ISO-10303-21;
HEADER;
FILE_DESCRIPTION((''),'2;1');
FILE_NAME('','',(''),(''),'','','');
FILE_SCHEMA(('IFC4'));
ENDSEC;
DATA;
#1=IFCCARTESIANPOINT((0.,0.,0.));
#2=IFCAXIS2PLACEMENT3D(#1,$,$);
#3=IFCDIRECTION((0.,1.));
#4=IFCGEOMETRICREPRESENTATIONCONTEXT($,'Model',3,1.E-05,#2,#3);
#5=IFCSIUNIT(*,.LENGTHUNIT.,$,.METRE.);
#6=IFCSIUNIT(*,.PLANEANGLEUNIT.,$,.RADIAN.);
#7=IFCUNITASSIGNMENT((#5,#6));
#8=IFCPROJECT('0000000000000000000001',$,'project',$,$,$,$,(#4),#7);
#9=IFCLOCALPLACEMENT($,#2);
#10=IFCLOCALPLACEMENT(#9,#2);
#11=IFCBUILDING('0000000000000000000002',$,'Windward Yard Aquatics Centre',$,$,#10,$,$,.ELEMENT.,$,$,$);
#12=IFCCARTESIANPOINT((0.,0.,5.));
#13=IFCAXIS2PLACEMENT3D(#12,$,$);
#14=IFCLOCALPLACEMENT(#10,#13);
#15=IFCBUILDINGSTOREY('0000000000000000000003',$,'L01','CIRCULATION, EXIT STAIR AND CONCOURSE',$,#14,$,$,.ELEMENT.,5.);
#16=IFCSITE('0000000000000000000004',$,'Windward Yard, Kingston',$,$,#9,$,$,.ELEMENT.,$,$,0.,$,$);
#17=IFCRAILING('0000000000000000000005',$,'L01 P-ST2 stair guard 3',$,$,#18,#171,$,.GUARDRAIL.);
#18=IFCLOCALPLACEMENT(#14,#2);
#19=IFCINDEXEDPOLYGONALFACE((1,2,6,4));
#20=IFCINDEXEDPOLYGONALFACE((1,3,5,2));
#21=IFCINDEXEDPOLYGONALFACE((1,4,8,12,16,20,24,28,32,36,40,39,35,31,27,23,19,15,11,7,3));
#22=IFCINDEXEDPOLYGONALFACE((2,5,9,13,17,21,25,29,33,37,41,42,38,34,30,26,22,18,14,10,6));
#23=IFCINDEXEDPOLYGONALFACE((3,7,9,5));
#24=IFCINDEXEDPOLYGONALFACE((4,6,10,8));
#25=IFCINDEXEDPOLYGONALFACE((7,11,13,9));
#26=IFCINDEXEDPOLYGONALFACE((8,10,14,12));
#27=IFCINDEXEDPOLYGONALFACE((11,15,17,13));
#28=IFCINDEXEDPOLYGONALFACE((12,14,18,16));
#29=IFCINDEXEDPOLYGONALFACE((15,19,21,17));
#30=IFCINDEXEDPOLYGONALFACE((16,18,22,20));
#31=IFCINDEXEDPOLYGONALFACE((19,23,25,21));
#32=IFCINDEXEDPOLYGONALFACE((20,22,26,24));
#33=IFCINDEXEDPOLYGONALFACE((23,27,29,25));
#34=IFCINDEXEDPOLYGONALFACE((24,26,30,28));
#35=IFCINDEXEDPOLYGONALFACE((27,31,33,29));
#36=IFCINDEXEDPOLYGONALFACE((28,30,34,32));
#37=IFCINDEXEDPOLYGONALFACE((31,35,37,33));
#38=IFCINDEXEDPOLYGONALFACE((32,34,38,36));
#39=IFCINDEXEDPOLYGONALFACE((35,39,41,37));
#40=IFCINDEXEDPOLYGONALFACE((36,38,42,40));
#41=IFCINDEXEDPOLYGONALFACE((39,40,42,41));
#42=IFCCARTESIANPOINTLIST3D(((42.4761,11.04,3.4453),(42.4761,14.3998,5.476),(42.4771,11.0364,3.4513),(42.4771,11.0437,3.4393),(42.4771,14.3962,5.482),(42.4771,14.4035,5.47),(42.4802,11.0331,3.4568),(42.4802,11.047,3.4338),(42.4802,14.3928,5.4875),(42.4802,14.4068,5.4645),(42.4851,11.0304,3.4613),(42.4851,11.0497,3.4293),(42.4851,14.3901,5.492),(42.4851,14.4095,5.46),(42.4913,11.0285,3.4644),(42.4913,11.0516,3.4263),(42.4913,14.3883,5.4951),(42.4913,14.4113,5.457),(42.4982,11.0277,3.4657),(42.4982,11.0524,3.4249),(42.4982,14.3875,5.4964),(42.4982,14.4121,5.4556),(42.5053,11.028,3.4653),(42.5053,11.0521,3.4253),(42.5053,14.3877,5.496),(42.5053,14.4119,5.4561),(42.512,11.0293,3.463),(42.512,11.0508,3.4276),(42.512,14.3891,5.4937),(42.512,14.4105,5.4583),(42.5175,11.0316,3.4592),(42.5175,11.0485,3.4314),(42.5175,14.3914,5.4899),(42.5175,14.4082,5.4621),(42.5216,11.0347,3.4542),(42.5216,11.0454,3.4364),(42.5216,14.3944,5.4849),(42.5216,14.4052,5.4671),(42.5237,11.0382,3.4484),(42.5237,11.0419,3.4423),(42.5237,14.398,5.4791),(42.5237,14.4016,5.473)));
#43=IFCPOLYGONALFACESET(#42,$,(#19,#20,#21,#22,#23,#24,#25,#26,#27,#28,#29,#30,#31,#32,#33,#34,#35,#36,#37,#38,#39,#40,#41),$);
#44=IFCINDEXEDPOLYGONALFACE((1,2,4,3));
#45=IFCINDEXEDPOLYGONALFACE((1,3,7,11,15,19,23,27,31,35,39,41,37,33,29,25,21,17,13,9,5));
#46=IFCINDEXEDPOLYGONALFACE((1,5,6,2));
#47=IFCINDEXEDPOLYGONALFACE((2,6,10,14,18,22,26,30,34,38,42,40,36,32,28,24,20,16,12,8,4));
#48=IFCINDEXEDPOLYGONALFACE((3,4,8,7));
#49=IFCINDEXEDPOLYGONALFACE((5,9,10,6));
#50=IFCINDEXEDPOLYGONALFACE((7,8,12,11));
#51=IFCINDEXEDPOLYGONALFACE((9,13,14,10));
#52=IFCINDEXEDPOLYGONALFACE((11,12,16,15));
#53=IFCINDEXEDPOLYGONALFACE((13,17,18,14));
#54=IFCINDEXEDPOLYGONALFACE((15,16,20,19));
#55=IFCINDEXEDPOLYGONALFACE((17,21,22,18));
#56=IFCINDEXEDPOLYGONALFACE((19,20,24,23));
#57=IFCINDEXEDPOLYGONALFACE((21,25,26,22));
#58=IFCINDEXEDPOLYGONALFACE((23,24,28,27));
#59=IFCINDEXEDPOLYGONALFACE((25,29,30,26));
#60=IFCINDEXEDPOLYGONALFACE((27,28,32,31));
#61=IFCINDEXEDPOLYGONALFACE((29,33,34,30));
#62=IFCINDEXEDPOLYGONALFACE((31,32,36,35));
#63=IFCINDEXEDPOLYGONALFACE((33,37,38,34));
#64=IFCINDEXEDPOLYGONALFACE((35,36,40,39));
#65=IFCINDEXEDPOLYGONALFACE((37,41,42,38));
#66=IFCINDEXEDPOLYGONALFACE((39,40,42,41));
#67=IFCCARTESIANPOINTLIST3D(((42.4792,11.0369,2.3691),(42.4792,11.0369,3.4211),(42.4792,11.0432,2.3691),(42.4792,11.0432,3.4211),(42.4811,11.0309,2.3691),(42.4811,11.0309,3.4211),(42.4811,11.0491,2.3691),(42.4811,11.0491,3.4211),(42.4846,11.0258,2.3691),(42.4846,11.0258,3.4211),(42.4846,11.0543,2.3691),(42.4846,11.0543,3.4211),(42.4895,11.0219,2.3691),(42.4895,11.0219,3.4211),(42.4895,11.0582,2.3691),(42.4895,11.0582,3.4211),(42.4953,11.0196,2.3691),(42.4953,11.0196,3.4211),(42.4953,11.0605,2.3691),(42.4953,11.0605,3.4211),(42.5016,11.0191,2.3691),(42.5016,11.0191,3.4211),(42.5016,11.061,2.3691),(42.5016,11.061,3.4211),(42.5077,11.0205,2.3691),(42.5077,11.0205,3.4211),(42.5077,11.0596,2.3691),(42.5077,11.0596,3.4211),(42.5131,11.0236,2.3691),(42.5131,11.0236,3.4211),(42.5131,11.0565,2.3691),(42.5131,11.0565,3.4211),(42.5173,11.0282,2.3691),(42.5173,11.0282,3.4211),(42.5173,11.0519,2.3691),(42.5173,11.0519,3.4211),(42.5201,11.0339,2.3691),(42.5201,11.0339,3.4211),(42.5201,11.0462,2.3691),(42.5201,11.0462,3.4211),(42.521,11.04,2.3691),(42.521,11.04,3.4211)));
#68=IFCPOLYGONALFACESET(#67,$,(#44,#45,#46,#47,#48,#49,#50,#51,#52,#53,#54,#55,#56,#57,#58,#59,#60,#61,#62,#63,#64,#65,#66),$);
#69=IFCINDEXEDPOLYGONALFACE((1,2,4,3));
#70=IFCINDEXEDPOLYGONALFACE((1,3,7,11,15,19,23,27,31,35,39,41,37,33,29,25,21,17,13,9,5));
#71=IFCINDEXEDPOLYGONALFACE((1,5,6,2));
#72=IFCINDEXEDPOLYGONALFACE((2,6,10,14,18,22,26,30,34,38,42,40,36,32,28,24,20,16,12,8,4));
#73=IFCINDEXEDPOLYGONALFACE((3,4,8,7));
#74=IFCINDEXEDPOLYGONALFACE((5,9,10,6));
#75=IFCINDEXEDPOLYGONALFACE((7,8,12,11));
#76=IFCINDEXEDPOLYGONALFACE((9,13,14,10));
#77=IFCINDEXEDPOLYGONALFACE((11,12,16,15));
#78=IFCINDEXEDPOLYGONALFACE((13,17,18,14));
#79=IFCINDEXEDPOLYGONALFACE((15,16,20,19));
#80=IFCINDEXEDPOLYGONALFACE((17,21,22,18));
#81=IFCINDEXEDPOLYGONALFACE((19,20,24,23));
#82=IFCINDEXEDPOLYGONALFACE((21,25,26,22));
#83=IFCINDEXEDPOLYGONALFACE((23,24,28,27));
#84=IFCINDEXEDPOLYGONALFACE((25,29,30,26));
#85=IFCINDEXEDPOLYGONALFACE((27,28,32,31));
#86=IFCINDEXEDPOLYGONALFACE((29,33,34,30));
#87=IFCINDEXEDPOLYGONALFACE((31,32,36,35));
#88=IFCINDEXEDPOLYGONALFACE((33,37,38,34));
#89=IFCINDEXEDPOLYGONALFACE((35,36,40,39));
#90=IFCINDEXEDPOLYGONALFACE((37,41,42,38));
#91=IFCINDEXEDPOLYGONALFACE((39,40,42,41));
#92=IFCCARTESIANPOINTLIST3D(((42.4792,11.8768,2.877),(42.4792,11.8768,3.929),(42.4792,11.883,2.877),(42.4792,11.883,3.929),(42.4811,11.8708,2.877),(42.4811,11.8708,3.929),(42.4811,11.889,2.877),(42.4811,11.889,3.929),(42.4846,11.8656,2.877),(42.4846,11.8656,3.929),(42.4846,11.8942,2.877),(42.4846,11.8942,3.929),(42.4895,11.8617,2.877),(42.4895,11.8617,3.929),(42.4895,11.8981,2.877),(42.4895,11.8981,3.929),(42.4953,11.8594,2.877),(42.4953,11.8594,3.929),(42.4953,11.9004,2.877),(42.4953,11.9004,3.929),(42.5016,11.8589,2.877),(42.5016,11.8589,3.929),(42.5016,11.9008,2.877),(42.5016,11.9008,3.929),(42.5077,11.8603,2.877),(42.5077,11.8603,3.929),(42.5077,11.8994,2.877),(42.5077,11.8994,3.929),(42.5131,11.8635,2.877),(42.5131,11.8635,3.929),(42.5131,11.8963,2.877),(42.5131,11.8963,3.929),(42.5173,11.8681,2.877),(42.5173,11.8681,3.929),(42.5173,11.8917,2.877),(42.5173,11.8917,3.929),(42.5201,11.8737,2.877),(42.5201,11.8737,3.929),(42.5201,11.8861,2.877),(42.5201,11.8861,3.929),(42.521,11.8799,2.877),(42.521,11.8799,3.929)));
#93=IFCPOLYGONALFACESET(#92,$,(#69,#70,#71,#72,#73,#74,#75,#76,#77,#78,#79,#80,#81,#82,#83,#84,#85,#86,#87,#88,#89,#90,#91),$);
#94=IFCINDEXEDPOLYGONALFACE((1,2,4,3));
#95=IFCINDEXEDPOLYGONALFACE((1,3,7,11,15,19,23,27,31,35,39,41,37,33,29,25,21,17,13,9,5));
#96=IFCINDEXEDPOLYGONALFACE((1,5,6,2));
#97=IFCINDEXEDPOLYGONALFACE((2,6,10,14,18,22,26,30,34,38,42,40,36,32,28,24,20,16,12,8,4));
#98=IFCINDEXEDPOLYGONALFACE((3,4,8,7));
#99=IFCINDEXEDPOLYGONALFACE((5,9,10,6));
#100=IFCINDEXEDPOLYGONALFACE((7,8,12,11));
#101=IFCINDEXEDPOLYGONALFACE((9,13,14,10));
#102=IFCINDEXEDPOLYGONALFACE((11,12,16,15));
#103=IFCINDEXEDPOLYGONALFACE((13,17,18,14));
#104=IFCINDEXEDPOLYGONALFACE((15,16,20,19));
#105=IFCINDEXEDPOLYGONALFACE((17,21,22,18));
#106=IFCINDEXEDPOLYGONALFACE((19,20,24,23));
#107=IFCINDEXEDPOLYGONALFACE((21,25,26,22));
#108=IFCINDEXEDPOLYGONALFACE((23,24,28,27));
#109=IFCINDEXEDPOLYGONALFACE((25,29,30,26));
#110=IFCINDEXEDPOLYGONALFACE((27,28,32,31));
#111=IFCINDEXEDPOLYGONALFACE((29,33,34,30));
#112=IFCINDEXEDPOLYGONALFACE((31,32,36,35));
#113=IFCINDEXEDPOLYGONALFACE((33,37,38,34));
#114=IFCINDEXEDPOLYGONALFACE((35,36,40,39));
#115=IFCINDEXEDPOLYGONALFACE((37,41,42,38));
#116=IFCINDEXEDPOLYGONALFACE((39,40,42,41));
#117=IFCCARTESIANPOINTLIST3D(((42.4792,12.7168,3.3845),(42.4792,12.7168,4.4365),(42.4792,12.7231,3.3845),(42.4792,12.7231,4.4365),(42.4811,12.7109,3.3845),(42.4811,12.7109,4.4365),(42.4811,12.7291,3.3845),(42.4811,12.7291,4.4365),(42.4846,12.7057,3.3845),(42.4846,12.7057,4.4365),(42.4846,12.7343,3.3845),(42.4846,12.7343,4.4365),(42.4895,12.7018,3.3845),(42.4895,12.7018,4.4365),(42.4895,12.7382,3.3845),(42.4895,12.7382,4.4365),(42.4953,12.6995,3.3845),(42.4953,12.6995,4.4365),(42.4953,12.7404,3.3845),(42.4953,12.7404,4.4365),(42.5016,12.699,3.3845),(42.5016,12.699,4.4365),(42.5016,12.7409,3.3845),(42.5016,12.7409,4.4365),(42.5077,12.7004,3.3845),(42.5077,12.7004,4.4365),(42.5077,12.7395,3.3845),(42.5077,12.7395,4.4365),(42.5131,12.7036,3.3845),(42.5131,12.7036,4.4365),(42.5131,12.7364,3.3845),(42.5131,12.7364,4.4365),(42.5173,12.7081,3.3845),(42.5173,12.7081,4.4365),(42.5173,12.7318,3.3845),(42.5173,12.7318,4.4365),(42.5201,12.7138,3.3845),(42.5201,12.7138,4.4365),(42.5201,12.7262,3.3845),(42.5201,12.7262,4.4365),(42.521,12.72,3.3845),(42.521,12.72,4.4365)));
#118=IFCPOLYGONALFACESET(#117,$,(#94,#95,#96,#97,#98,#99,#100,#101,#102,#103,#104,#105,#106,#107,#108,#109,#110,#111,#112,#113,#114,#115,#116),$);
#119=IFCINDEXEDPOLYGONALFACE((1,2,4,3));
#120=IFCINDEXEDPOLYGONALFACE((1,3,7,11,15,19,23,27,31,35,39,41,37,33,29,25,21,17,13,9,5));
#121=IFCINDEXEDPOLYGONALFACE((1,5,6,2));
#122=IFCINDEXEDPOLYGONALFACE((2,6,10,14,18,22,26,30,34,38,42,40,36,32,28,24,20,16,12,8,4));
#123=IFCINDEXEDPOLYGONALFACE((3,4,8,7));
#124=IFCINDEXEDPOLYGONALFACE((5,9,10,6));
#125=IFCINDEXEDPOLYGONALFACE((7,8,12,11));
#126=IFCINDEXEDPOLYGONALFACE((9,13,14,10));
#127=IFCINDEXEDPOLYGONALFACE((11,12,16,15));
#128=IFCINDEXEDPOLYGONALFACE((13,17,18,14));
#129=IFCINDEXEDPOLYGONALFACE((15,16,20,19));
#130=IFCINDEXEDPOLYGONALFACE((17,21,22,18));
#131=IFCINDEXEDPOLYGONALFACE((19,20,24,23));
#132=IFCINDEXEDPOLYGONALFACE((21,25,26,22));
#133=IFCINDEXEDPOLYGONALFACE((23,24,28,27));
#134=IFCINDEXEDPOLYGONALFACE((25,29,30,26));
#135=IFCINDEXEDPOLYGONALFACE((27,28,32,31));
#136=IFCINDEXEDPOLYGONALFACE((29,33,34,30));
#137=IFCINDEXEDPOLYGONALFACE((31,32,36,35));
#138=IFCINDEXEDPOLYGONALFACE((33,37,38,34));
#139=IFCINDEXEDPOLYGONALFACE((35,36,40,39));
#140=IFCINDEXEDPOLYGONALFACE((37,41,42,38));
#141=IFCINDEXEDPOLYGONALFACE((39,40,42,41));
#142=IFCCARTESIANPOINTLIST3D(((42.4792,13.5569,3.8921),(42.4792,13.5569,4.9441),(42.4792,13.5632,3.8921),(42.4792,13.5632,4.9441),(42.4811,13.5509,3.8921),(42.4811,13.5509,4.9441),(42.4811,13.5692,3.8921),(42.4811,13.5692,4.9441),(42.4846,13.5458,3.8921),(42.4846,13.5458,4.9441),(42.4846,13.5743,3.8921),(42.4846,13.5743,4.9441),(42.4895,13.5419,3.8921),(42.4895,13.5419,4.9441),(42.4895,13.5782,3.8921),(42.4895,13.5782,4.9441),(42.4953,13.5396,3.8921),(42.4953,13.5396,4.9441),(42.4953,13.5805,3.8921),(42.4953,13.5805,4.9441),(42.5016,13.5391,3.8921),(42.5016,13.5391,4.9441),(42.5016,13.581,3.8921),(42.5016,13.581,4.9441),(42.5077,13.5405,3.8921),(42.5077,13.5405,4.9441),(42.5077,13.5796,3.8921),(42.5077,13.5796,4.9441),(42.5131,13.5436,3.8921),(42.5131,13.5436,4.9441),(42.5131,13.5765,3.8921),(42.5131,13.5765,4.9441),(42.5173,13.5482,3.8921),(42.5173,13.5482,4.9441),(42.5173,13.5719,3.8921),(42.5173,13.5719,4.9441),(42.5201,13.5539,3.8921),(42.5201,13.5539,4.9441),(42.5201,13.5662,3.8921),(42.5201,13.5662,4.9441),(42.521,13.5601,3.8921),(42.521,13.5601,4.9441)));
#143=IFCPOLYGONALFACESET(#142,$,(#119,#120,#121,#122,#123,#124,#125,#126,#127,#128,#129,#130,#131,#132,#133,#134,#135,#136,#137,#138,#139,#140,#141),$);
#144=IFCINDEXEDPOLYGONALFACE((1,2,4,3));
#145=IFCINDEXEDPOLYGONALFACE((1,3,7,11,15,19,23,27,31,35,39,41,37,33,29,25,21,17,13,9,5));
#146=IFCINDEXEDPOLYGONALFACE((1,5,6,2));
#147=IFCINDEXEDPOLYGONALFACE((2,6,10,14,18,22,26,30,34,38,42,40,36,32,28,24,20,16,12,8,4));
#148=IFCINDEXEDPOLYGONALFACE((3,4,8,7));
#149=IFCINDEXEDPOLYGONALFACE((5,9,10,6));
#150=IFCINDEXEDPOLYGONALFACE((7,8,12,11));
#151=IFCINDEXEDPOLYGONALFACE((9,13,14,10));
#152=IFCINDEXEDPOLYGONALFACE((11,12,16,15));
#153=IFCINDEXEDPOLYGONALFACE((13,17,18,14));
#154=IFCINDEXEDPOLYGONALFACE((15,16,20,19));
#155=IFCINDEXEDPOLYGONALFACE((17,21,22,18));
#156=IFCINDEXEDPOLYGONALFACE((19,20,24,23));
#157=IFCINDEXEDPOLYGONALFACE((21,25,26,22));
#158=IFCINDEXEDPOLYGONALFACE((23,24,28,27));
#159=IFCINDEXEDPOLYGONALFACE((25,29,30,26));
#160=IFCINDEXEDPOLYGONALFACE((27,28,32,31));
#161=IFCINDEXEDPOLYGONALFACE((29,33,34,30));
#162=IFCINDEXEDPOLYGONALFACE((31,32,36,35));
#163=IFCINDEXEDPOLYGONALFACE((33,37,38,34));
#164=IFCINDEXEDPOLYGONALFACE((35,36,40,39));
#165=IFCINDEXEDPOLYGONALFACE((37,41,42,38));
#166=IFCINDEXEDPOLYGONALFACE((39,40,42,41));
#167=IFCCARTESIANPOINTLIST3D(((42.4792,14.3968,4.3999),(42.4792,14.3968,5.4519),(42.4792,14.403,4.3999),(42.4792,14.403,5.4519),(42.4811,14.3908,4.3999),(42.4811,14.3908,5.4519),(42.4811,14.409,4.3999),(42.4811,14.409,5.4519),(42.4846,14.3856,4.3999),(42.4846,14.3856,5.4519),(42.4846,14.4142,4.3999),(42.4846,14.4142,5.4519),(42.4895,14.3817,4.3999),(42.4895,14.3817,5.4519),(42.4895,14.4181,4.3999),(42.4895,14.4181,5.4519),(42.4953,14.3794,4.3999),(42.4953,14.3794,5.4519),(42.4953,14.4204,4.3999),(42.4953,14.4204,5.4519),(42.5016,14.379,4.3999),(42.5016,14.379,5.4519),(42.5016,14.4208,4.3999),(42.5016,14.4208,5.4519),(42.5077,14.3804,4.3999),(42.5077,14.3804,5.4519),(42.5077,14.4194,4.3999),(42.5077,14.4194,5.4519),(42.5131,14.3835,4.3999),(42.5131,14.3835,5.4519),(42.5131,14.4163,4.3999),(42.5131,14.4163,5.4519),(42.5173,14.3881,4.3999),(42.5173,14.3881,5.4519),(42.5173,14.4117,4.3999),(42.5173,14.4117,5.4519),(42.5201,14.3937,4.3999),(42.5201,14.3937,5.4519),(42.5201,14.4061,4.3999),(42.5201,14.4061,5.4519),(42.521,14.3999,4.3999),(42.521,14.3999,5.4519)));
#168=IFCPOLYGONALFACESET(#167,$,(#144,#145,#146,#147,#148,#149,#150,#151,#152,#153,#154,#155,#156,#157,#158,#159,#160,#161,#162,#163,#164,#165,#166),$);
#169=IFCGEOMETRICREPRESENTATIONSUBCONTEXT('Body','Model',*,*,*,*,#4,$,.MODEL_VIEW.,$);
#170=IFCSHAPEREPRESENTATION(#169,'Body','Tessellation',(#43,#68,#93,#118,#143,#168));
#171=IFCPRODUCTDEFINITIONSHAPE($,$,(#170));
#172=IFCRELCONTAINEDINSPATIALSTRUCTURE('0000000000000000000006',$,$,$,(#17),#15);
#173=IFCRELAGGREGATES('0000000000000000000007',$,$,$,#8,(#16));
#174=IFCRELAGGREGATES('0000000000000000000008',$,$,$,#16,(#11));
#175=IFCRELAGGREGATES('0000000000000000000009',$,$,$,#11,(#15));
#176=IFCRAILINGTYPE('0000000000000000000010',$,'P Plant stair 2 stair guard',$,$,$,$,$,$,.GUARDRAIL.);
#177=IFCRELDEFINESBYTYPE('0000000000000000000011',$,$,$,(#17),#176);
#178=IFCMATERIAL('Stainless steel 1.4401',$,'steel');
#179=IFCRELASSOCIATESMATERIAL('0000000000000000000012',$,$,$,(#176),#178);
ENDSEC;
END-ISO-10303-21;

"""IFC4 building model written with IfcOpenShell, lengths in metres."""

from ifc_helpers import new_model, si_unit, direction, frame, origin, origin_2d, place, context, subcontext, project, spatial, circle, extrude, material, type_object, element, save


model = new_model("IFC4")

# Units and contexts
model_context = context("Model", 3, precision=1e-05, world=origin(), true_north=direction((0.0, 1.0)))
body_context = subcontext(model_context, "Body", "Model", "MODEL_VIEW")
ifc_project = project(units=[si_unit("LENGTHUNIT", "METRE"), si_unit("PLANEANGLEUNIT", "RADIAN")], contexts=[model_context])

# Site, building, storey
site_placement = place(None, origin())
site = spatial("IfcSite", under=ifc_project, at=site_placement, Name="Windward Yard, Kingston", CompositionType="ELEMENT", RefElevation=0.0)
building_placement = place(site_placement, origin())
building = spatial("IfcBuilding", under=site, at=building_placement, Name="Windward Yard Aquatics Centre", CompositionType="ELEMENT")
storey_placement = place(building_placement, frame((0.0, 0.0, 5.0)))
storey = spatial("IfcBuildingStorey", under=building, at=storey_placement, Name="L01", Description="CIRCULATION, EXIT STAIR AND CONCOURSE", CompositionType="ELEMENT", Elevation=5.0)

# Railing
ifc_material_1 = material(Name="Stainless steel 1.4401", Category="steel")
railing_type_1 = type_object("IfcRailingType", Name="P Plant stair 2 stair guard", PredefinedType="GUARDRAIL", material=ifc_material_1)
railing_1_placement = place(storey_placement, frame((42.5, 11.04, 2.3691)))
element("IfcRailing", 1, at=railing_1_placement, inside=storey, type_object=railing_type_1, Name="L01 P-ST2 stair guard 3", PredefinedType="GUARDRAIL", context=body_context, shape_type="SweptSolid", body=[
    extrude(circle(Radius=0.0239, at=origin_2d()), frame((0.0, 0.0, 1.0762), z_axis=(0.0, 0.85582, 0.517273), x_axis=(-1.0, 0.0, 0.0)), (0.0, 0.0, 1.0), 3.9258),
    extrude(circle(Radius=0.021, at=origin_2d()), origin(), (0.0, 0.0, 1.0), 1.052),
    extrude(circle(Radius=0.021, at=origin_2d()), frame((0.0, 0.8398, 0.5078)), (0.0, 0.0, 1.0), 1.052),
    extrude(circle(Radius=0.021, at=origin_2d()), frame((0.0, 1.6799, 1.0154)), (0.0, 0.0, 1.0), 1.052),
    extrude(circle(Radius=0.021, at=origin_2d()), frame((0.0, 2.52, 1.5229)), (0.0, 0.0, 1.0), 1.052),
    extrude(circle(Radius=0.021, at=origin_2d()), frame((0.0, 3.3599, 2.0308)), (0.0, 0.0, 1.0), 1.052),
])

save(model, "model.ifc")
